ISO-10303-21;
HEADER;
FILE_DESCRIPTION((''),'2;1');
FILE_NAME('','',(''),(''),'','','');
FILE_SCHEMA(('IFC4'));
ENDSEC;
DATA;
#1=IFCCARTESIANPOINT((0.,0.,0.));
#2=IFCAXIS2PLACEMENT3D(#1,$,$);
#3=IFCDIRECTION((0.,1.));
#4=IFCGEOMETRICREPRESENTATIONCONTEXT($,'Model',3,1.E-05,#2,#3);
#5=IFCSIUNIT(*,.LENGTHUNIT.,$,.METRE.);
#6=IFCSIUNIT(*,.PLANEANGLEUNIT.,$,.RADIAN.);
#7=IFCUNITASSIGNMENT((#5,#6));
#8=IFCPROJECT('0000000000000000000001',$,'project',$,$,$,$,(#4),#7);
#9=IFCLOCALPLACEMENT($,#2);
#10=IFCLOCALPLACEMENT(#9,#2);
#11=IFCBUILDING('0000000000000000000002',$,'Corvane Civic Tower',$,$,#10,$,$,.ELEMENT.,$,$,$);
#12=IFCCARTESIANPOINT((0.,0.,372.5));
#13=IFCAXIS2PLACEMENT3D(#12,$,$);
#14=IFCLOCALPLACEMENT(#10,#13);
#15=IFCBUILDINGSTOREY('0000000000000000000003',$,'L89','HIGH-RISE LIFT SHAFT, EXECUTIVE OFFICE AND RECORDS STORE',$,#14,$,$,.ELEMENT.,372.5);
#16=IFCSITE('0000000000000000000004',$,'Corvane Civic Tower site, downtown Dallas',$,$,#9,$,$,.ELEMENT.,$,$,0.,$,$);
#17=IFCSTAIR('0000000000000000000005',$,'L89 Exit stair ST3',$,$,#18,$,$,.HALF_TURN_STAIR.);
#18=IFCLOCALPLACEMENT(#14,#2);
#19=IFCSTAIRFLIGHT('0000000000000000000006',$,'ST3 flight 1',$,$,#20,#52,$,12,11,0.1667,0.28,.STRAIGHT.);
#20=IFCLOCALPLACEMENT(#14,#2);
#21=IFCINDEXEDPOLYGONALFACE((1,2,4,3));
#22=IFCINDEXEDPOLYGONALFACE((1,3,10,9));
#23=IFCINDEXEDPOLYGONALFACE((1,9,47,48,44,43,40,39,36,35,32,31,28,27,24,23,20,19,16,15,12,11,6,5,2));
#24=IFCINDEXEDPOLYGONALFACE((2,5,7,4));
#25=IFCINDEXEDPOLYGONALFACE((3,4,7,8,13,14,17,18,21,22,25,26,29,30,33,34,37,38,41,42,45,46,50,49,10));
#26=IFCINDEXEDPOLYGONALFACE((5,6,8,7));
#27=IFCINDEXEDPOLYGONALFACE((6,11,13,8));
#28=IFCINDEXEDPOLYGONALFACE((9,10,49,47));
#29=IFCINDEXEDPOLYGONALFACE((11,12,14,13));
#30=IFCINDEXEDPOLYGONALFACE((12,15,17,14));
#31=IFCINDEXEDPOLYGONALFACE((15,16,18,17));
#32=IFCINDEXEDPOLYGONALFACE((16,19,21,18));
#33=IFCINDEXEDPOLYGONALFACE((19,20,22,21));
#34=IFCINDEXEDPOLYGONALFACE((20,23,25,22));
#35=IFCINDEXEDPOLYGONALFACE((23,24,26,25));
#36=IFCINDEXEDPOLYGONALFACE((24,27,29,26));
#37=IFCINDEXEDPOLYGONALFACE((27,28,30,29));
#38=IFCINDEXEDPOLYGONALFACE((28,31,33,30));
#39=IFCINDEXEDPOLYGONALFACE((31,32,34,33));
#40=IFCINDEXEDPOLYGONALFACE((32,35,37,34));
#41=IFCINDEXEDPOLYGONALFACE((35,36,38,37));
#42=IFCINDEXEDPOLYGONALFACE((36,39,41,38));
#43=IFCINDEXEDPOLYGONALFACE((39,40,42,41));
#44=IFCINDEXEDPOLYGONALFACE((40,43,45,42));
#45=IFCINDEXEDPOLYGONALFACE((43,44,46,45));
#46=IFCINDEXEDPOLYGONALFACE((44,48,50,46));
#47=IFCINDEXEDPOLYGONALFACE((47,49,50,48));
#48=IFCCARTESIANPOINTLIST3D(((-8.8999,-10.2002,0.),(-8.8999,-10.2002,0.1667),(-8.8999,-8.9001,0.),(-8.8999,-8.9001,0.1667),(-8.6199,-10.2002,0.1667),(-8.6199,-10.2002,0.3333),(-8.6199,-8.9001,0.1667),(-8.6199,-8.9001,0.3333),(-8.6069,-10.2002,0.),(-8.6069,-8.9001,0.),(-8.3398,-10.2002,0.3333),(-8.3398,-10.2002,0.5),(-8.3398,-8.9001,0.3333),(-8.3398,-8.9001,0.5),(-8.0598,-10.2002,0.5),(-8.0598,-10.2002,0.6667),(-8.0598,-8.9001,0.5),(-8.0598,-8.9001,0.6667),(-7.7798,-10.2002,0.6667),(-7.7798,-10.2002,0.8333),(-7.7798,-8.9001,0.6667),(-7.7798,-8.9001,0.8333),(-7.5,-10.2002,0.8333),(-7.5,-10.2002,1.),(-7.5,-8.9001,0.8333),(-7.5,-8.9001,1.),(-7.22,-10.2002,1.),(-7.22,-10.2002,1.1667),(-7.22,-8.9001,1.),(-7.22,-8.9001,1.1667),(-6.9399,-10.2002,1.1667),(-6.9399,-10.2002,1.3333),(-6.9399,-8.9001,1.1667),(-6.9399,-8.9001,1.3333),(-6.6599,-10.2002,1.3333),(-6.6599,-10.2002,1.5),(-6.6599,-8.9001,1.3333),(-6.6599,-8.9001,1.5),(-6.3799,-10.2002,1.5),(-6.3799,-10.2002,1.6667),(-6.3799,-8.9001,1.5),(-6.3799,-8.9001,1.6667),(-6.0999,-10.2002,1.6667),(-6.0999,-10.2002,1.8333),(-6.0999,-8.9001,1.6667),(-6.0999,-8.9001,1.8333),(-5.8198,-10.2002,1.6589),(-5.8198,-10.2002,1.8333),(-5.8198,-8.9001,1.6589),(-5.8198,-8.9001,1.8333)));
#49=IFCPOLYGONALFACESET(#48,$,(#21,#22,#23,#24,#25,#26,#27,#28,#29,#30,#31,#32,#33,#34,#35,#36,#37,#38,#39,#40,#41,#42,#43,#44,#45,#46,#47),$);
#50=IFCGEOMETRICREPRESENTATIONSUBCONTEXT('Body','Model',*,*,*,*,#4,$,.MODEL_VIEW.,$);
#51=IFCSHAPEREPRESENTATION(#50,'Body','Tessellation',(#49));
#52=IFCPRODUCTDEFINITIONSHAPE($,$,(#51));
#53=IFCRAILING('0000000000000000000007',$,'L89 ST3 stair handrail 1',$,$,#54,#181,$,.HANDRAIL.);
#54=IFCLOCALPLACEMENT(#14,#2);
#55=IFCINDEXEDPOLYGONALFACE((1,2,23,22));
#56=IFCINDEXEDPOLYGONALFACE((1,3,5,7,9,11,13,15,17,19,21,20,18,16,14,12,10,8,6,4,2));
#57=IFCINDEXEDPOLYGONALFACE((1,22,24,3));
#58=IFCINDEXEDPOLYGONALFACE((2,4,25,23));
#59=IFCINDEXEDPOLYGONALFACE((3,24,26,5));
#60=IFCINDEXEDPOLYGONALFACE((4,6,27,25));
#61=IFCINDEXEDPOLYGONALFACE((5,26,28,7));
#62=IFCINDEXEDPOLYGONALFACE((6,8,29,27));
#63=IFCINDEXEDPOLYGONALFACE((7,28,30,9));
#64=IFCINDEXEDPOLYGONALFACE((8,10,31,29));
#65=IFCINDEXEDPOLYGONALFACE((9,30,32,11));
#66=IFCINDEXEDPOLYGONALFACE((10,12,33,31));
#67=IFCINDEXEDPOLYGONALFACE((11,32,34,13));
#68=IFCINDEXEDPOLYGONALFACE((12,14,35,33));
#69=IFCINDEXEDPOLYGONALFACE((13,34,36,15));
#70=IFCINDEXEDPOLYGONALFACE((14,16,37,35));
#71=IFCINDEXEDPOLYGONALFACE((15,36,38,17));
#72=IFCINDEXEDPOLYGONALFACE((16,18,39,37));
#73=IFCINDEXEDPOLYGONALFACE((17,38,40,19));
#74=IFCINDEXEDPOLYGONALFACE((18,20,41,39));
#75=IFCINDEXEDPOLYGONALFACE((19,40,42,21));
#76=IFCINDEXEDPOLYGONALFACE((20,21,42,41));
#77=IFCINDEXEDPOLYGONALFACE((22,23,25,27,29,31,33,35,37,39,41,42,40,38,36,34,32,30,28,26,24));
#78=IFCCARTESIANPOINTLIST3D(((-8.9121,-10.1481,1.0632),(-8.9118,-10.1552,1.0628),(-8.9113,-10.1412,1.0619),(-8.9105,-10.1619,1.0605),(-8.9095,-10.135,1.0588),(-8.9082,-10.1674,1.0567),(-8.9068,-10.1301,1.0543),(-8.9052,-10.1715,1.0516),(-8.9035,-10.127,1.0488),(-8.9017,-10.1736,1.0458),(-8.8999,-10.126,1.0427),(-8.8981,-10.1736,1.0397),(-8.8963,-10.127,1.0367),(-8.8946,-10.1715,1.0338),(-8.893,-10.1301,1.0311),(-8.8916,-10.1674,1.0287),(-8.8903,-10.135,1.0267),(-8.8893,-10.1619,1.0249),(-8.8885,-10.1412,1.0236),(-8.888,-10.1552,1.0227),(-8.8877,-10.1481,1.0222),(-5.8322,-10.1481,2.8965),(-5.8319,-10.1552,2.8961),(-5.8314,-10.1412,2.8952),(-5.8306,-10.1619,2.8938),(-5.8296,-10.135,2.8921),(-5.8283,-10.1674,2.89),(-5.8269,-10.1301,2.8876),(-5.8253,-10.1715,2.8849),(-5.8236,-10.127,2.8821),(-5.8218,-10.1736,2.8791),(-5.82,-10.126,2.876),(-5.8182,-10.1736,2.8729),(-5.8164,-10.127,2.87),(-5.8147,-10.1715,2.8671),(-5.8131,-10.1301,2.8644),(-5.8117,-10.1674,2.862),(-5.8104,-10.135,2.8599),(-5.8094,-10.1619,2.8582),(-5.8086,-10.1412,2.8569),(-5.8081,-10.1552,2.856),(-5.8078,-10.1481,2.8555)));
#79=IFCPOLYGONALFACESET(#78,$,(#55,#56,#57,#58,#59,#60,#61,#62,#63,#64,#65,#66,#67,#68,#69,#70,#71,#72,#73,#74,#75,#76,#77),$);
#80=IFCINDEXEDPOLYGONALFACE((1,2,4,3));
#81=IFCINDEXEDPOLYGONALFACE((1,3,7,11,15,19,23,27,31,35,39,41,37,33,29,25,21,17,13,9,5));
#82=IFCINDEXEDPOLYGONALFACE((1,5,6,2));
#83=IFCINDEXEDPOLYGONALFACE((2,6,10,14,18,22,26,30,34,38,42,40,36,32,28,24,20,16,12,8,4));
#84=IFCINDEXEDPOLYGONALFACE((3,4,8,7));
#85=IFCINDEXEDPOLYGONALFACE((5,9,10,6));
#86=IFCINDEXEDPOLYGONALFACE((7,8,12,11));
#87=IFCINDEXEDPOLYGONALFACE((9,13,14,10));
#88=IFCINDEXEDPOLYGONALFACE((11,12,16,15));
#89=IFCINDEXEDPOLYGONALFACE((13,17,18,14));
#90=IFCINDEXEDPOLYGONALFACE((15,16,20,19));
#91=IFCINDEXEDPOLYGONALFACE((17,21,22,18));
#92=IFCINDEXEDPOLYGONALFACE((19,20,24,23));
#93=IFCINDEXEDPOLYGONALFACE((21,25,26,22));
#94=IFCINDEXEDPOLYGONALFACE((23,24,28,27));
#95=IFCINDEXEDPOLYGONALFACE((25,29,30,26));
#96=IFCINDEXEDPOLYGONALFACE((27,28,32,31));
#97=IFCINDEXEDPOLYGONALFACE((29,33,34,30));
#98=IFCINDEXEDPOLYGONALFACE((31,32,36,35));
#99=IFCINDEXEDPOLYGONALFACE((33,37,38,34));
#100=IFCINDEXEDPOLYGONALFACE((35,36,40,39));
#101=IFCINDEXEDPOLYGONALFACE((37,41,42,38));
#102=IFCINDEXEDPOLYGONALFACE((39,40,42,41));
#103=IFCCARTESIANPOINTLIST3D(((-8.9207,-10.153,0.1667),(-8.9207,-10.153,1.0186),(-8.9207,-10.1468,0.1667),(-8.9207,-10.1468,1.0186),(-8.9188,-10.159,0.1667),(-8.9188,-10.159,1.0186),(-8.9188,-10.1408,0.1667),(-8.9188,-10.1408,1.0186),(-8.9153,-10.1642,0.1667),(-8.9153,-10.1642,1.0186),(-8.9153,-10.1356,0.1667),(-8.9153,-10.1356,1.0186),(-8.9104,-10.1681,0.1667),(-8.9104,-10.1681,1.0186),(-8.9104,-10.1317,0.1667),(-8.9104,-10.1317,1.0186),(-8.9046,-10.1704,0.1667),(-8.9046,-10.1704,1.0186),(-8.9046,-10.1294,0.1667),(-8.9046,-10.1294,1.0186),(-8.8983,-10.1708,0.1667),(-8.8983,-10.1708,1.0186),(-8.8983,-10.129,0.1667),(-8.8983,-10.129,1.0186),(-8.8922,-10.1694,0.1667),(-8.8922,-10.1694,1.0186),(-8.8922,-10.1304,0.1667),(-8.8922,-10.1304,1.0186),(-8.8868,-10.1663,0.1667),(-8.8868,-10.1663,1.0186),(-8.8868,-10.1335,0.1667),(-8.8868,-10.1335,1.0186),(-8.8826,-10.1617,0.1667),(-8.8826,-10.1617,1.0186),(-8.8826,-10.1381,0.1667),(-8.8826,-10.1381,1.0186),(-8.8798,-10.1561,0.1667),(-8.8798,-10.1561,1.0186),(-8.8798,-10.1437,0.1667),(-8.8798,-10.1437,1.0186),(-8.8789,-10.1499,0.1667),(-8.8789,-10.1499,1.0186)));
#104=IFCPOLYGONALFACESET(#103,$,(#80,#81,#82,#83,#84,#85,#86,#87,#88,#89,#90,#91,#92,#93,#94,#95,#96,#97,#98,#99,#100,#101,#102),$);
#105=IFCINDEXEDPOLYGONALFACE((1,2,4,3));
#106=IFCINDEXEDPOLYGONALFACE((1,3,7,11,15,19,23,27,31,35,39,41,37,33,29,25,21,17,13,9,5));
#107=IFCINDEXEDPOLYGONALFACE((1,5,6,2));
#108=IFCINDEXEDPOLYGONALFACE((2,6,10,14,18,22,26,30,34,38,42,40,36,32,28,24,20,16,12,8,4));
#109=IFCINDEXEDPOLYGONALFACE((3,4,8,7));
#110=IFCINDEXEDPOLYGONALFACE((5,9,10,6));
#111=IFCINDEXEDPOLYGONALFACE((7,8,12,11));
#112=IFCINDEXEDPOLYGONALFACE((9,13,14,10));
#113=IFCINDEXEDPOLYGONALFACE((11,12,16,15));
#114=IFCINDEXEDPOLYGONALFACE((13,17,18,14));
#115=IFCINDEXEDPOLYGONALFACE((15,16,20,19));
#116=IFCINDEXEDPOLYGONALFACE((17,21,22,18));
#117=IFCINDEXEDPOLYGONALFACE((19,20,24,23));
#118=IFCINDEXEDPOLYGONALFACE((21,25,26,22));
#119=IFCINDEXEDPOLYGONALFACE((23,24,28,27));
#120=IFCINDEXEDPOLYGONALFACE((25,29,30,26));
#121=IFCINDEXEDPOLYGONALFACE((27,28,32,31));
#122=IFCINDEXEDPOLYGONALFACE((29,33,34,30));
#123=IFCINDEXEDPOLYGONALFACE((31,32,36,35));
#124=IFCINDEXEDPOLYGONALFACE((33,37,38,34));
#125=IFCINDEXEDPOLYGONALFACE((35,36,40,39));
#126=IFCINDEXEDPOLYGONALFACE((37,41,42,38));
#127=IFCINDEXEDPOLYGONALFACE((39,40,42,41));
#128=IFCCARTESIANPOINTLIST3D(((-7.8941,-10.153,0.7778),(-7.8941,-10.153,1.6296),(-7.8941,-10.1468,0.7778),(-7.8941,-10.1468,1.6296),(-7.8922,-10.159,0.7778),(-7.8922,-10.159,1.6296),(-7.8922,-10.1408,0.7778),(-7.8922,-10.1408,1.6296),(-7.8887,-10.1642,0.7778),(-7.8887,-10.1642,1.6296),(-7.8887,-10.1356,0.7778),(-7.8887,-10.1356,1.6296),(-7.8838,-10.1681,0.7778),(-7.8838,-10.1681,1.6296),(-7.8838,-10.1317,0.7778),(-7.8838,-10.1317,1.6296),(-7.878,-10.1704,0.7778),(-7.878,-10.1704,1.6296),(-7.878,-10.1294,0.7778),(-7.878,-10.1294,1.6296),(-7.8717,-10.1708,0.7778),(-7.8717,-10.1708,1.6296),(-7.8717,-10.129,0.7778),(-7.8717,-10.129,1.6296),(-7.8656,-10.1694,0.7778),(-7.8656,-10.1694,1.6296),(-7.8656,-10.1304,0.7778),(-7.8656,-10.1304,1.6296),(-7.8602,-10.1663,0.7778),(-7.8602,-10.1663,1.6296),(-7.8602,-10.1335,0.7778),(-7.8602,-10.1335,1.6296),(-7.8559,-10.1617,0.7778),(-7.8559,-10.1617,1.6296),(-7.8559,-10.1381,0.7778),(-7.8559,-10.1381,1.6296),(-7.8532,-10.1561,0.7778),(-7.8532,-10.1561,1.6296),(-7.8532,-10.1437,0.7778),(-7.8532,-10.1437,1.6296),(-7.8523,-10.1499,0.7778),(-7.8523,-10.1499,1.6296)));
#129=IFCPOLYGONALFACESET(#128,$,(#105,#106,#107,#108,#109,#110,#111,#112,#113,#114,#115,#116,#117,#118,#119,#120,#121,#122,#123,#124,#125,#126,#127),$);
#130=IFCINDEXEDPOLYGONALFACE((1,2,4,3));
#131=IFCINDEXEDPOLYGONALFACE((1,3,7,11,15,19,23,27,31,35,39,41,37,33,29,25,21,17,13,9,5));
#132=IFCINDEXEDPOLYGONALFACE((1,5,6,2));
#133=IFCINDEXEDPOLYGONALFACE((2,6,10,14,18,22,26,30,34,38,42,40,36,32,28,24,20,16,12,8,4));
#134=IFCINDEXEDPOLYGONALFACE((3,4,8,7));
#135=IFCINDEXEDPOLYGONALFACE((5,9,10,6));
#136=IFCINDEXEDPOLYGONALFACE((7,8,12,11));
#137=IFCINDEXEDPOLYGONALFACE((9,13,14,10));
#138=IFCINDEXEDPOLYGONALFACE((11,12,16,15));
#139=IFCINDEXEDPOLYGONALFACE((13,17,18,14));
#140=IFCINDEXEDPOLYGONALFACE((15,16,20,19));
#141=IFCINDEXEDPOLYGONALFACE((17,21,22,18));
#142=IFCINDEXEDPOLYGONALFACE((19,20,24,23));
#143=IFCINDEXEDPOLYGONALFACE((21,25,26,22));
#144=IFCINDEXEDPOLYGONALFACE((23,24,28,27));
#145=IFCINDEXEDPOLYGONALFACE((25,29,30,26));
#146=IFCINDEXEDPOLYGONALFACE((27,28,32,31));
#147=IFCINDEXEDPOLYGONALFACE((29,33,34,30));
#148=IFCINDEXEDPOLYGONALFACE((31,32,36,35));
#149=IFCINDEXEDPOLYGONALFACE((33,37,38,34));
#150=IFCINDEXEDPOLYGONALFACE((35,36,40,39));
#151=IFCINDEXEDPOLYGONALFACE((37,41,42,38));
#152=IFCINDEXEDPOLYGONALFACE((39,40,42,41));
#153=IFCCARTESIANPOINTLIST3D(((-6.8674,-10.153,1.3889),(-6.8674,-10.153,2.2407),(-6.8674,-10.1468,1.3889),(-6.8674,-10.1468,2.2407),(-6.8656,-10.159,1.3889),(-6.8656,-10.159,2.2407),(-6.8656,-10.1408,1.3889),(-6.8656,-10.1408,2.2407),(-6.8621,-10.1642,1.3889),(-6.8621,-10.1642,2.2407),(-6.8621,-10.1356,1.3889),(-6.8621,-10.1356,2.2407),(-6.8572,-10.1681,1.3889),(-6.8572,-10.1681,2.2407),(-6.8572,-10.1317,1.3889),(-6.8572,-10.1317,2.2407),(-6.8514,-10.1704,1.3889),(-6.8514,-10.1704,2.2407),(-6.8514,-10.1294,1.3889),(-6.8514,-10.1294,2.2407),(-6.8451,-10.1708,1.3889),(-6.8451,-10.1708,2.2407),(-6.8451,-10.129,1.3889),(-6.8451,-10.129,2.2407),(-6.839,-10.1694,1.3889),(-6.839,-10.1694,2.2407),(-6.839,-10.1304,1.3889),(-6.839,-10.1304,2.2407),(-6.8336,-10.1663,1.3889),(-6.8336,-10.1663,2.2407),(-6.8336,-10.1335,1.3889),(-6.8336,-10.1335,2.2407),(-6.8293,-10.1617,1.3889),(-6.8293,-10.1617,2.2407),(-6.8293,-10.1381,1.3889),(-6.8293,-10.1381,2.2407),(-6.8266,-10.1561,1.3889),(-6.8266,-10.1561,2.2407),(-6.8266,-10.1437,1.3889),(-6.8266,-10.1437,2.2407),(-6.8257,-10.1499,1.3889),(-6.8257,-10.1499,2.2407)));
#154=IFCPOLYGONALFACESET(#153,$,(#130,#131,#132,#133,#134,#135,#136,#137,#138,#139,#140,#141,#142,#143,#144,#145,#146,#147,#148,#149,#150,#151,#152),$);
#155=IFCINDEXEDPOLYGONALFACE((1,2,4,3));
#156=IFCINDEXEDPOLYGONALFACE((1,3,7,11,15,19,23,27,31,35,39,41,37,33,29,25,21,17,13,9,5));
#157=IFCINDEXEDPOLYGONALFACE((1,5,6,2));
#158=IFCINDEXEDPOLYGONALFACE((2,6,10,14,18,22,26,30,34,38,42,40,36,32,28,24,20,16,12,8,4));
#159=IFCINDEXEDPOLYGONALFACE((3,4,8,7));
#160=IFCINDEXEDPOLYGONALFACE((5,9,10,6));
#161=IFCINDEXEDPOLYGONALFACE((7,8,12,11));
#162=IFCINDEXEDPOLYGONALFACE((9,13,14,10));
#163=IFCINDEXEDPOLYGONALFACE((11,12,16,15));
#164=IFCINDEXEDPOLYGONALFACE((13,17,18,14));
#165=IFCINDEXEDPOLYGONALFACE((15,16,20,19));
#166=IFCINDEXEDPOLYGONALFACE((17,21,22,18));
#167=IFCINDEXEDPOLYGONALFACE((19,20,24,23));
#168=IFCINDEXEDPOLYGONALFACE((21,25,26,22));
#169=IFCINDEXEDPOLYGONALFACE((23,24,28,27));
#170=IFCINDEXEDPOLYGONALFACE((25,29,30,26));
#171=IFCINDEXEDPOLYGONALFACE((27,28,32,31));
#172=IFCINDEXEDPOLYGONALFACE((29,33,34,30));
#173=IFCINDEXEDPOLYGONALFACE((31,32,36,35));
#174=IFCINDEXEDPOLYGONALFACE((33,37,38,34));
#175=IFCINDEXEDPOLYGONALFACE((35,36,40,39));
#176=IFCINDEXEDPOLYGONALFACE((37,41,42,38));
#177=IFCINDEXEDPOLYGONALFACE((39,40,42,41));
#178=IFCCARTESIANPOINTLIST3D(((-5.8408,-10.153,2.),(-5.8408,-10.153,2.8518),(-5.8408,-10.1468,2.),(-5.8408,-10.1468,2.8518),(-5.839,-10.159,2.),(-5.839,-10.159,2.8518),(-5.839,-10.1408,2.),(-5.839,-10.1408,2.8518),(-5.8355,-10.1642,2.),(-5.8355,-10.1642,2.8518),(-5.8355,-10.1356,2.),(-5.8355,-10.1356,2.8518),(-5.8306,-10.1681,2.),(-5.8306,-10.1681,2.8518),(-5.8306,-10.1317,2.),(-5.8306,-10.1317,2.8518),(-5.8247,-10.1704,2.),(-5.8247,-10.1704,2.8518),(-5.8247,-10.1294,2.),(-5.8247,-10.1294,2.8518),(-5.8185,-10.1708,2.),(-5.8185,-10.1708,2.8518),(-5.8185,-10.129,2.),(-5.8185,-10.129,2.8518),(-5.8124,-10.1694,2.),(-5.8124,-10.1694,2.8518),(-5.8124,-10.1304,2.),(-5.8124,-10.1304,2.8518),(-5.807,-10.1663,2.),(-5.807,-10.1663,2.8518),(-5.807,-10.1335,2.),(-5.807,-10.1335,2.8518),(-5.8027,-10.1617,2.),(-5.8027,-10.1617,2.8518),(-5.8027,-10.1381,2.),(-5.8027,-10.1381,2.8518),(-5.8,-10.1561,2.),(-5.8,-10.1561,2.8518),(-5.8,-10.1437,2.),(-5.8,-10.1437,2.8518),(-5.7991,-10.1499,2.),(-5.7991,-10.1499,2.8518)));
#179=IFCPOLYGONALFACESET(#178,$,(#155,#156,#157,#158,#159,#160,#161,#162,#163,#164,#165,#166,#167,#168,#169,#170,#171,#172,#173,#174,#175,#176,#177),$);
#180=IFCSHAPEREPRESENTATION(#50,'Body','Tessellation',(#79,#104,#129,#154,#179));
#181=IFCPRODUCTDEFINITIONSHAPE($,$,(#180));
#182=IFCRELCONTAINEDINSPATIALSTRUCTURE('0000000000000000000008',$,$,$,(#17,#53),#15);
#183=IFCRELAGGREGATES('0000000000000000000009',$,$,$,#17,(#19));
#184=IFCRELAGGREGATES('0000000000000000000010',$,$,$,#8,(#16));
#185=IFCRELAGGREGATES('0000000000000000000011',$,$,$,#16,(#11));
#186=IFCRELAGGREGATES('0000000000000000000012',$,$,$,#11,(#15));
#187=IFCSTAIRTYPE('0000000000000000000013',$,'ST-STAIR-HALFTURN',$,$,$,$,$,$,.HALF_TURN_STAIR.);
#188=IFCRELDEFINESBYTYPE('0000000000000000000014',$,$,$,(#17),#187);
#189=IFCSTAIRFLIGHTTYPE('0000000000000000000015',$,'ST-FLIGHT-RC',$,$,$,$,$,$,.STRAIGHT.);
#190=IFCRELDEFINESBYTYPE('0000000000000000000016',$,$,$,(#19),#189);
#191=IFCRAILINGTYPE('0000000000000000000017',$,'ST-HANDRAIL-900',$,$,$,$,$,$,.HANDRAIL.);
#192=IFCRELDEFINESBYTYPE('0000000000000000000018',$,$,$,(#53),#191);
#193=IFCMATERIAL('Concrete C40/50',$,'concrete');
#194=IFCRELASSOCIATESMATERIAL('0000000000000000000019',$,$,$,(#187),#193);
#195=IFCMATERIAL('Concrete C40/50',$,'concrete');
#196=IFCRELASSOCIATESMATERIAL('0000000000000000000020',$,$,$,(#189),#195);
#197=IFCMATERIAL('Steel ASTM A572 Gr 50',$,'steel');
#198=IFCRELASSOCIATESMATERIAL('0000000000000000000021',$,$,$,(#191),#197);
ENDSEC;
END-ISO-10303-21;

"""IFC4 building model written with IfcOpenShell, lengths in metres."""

from ifc_helpers import new_model, si_unit, direction, frame, origin, origin_2d, place, context, subcontext, project, spatial, polyline, circle, outline, extrude, material, type_object, element, aggregate, save


model = new_model("IFC4")

# Units and contexts
model_context = context("Model", 3, precision=1e-05, world=origin(), true_north=direction((0.0, 1.0)))
body_context = subcontext(model_context, "Body", "Model", "MODEL_VIEW")
ifc_project = project(units=[si_unit("LENGTHUNIT", "METRE"), si_unit("PLANEANGLEUNIT", "RADIAN")], contexts=[model_context])

# Site, building, storey
site_placement = place(None, origin())
site = spatial("IfcSite", under=ifc_project, at=site_placement, Name="Corvane Civic Tower site, downtown Dallas", CompositionType="ELEMENT", RefElevation=0.0)
building_placement = place(site_placement, origin())
building = spatial("IfcBuilding", under=site, at=building_placement, Name="Corvane Civic Tower", CompositionType="ELEMENT")
storey_placement = place(building_placement, frame((0.0, 0.0, 372.5)))
storey = spatial("IfcBuildingStorey", under=building, at=storey_placement, Name="L89", Description="HIGH-RISE LIFT SHAFT, EXECUTIVE OFFICE AND RECORDS STORE", CompositionType="ELEMENT", Elevation=372.5)

# Stair, stair flight
ifc_material_1 = material(Name="Concrete C40/50", Category="concrete")
stair_type = type_object("IfcStairType", Name="ST-STAIR-HALFTURN", PredefinedType="HALF_TURN_STAIR", material=ifc_material_1)
stair_placement = place(storey_placement, origin())
stair = element("IfcStair", 1, at=stair_placement, inside=storey, type_object=stair_type, Name="L89 Exit stair ST3", PredefinedType="HALF_TURN_STAIR")
ifc_material_2 = material(Name="Concrete C40/50", Category="concrete")
stair_flight_type = type_object("IfcStairFlightType", Name="ST-FLIGHT-RC", PredefinedType="STRAIGHT", material=ifc_material_2)
stair_flight_placement = place(storey_placement, frame((-8.8999, -9.55, 0.0), z_axis=(0.0, 0.0, 1.0), x_axis=(1.0, 0.0, 0.0)))
stair_flight = element("IfcStairFlight", 2, at=stair_flight_placement, type_object=stair_flight_type, Name="ST3 flight 1", NumberOfRisers=12, NumberOfTreads=11, PredefinedType="STRAIGHT", RiserHeight=0.1667, TreadLength=0.28, context=body_context, shape_type="SweptSolid", body=[
    extrude(outline(polyline([(0.0, 0.0), (0.0, 0.1667), (0.28, 0.1667), (0.28, 0.3333), (0.5601, 0.3333), (0.5601, 0.5), (0.8401, 0.5), (0.8401, 0.6667), (1.1201, 0.6667), (1.1201, 0.8333), (1.3999, 0.8333), (1.3999, 1.0), (1.6799, 1.0), (1.6799, 1.1667), (1.96, 1.1667), (1.96, 1.3333), (2.24, 1.3333), (2.24, 1.5), (2.52, 1.5), (2.52, 1.6667), (2.8, 1.6667), (2.8, 1.8333), (3.0801, 1.8333), (3.0801, 2.0), (3.0801, 1.6589), (0.293, 0.0), (0.0, 0.0)])), frame((0.0, 0.6499, 0.0), z_axis=(0.0, -1.0, 0.0), x_axis=(1.0, 0.0, 0.0)), (0.0, 0.0, 1.0), 1.3),
])
aggregate(stair, [stair_flight])

# Railing
ifc_material_3 = material(Name="Steel ASTM A572 Gr 50", Category="steel")
railing_type_1 = type_object("IfcRailingType", Name="ST-HANDRAIL-900", PredefinedType="HANDRAIL", material=ifc_material_3)
railing_1_placement = place(storey_placement, frame((-8.8999, -10.1499, 0.1667)))
element("IfcRailing", 3, at=railing_1_placement, inside=storey, type_object=railing_type_1, Name="L89 ST3 stair handrail 1", PredefinedType="HANDRAIL", context=body_context, shape_type="SweptSolid", body=[
    extrude(circle(Radius=0.0239, at=origin_2d()), frame((0.0, 0.0, 0.876), z_axis=(0.859291, 0.0, 0.511487), x_axis=(0.0, 1.0, 0.0)), (0.0, 0.0, 1.0), 3.5842),
    extrude(circle(Radius=0.021, at=origin_2d()), origin(), (0.0, 0.0, 1.0), 0.8518),
    extrude(circle(Radius=0.021, at=origin_2d()), frame((1.0266, 0.0, 0.6111)), (0.0, 0.0, 1.0), 0.8518),
    extrude(circle(Radius=0.021, at=origin_2d()), frame((2.0532, 0.0, 1.2222)), (0.0, 0.0, 1.0), 0.8518),
    extrude(circle(Radius=0.021, at=origin_2d()), frame((3.0798, 0.0, 1.8333)), (0.0, 0.0, 1.0), 0.8518),
])

save(model, "model.ifc")
